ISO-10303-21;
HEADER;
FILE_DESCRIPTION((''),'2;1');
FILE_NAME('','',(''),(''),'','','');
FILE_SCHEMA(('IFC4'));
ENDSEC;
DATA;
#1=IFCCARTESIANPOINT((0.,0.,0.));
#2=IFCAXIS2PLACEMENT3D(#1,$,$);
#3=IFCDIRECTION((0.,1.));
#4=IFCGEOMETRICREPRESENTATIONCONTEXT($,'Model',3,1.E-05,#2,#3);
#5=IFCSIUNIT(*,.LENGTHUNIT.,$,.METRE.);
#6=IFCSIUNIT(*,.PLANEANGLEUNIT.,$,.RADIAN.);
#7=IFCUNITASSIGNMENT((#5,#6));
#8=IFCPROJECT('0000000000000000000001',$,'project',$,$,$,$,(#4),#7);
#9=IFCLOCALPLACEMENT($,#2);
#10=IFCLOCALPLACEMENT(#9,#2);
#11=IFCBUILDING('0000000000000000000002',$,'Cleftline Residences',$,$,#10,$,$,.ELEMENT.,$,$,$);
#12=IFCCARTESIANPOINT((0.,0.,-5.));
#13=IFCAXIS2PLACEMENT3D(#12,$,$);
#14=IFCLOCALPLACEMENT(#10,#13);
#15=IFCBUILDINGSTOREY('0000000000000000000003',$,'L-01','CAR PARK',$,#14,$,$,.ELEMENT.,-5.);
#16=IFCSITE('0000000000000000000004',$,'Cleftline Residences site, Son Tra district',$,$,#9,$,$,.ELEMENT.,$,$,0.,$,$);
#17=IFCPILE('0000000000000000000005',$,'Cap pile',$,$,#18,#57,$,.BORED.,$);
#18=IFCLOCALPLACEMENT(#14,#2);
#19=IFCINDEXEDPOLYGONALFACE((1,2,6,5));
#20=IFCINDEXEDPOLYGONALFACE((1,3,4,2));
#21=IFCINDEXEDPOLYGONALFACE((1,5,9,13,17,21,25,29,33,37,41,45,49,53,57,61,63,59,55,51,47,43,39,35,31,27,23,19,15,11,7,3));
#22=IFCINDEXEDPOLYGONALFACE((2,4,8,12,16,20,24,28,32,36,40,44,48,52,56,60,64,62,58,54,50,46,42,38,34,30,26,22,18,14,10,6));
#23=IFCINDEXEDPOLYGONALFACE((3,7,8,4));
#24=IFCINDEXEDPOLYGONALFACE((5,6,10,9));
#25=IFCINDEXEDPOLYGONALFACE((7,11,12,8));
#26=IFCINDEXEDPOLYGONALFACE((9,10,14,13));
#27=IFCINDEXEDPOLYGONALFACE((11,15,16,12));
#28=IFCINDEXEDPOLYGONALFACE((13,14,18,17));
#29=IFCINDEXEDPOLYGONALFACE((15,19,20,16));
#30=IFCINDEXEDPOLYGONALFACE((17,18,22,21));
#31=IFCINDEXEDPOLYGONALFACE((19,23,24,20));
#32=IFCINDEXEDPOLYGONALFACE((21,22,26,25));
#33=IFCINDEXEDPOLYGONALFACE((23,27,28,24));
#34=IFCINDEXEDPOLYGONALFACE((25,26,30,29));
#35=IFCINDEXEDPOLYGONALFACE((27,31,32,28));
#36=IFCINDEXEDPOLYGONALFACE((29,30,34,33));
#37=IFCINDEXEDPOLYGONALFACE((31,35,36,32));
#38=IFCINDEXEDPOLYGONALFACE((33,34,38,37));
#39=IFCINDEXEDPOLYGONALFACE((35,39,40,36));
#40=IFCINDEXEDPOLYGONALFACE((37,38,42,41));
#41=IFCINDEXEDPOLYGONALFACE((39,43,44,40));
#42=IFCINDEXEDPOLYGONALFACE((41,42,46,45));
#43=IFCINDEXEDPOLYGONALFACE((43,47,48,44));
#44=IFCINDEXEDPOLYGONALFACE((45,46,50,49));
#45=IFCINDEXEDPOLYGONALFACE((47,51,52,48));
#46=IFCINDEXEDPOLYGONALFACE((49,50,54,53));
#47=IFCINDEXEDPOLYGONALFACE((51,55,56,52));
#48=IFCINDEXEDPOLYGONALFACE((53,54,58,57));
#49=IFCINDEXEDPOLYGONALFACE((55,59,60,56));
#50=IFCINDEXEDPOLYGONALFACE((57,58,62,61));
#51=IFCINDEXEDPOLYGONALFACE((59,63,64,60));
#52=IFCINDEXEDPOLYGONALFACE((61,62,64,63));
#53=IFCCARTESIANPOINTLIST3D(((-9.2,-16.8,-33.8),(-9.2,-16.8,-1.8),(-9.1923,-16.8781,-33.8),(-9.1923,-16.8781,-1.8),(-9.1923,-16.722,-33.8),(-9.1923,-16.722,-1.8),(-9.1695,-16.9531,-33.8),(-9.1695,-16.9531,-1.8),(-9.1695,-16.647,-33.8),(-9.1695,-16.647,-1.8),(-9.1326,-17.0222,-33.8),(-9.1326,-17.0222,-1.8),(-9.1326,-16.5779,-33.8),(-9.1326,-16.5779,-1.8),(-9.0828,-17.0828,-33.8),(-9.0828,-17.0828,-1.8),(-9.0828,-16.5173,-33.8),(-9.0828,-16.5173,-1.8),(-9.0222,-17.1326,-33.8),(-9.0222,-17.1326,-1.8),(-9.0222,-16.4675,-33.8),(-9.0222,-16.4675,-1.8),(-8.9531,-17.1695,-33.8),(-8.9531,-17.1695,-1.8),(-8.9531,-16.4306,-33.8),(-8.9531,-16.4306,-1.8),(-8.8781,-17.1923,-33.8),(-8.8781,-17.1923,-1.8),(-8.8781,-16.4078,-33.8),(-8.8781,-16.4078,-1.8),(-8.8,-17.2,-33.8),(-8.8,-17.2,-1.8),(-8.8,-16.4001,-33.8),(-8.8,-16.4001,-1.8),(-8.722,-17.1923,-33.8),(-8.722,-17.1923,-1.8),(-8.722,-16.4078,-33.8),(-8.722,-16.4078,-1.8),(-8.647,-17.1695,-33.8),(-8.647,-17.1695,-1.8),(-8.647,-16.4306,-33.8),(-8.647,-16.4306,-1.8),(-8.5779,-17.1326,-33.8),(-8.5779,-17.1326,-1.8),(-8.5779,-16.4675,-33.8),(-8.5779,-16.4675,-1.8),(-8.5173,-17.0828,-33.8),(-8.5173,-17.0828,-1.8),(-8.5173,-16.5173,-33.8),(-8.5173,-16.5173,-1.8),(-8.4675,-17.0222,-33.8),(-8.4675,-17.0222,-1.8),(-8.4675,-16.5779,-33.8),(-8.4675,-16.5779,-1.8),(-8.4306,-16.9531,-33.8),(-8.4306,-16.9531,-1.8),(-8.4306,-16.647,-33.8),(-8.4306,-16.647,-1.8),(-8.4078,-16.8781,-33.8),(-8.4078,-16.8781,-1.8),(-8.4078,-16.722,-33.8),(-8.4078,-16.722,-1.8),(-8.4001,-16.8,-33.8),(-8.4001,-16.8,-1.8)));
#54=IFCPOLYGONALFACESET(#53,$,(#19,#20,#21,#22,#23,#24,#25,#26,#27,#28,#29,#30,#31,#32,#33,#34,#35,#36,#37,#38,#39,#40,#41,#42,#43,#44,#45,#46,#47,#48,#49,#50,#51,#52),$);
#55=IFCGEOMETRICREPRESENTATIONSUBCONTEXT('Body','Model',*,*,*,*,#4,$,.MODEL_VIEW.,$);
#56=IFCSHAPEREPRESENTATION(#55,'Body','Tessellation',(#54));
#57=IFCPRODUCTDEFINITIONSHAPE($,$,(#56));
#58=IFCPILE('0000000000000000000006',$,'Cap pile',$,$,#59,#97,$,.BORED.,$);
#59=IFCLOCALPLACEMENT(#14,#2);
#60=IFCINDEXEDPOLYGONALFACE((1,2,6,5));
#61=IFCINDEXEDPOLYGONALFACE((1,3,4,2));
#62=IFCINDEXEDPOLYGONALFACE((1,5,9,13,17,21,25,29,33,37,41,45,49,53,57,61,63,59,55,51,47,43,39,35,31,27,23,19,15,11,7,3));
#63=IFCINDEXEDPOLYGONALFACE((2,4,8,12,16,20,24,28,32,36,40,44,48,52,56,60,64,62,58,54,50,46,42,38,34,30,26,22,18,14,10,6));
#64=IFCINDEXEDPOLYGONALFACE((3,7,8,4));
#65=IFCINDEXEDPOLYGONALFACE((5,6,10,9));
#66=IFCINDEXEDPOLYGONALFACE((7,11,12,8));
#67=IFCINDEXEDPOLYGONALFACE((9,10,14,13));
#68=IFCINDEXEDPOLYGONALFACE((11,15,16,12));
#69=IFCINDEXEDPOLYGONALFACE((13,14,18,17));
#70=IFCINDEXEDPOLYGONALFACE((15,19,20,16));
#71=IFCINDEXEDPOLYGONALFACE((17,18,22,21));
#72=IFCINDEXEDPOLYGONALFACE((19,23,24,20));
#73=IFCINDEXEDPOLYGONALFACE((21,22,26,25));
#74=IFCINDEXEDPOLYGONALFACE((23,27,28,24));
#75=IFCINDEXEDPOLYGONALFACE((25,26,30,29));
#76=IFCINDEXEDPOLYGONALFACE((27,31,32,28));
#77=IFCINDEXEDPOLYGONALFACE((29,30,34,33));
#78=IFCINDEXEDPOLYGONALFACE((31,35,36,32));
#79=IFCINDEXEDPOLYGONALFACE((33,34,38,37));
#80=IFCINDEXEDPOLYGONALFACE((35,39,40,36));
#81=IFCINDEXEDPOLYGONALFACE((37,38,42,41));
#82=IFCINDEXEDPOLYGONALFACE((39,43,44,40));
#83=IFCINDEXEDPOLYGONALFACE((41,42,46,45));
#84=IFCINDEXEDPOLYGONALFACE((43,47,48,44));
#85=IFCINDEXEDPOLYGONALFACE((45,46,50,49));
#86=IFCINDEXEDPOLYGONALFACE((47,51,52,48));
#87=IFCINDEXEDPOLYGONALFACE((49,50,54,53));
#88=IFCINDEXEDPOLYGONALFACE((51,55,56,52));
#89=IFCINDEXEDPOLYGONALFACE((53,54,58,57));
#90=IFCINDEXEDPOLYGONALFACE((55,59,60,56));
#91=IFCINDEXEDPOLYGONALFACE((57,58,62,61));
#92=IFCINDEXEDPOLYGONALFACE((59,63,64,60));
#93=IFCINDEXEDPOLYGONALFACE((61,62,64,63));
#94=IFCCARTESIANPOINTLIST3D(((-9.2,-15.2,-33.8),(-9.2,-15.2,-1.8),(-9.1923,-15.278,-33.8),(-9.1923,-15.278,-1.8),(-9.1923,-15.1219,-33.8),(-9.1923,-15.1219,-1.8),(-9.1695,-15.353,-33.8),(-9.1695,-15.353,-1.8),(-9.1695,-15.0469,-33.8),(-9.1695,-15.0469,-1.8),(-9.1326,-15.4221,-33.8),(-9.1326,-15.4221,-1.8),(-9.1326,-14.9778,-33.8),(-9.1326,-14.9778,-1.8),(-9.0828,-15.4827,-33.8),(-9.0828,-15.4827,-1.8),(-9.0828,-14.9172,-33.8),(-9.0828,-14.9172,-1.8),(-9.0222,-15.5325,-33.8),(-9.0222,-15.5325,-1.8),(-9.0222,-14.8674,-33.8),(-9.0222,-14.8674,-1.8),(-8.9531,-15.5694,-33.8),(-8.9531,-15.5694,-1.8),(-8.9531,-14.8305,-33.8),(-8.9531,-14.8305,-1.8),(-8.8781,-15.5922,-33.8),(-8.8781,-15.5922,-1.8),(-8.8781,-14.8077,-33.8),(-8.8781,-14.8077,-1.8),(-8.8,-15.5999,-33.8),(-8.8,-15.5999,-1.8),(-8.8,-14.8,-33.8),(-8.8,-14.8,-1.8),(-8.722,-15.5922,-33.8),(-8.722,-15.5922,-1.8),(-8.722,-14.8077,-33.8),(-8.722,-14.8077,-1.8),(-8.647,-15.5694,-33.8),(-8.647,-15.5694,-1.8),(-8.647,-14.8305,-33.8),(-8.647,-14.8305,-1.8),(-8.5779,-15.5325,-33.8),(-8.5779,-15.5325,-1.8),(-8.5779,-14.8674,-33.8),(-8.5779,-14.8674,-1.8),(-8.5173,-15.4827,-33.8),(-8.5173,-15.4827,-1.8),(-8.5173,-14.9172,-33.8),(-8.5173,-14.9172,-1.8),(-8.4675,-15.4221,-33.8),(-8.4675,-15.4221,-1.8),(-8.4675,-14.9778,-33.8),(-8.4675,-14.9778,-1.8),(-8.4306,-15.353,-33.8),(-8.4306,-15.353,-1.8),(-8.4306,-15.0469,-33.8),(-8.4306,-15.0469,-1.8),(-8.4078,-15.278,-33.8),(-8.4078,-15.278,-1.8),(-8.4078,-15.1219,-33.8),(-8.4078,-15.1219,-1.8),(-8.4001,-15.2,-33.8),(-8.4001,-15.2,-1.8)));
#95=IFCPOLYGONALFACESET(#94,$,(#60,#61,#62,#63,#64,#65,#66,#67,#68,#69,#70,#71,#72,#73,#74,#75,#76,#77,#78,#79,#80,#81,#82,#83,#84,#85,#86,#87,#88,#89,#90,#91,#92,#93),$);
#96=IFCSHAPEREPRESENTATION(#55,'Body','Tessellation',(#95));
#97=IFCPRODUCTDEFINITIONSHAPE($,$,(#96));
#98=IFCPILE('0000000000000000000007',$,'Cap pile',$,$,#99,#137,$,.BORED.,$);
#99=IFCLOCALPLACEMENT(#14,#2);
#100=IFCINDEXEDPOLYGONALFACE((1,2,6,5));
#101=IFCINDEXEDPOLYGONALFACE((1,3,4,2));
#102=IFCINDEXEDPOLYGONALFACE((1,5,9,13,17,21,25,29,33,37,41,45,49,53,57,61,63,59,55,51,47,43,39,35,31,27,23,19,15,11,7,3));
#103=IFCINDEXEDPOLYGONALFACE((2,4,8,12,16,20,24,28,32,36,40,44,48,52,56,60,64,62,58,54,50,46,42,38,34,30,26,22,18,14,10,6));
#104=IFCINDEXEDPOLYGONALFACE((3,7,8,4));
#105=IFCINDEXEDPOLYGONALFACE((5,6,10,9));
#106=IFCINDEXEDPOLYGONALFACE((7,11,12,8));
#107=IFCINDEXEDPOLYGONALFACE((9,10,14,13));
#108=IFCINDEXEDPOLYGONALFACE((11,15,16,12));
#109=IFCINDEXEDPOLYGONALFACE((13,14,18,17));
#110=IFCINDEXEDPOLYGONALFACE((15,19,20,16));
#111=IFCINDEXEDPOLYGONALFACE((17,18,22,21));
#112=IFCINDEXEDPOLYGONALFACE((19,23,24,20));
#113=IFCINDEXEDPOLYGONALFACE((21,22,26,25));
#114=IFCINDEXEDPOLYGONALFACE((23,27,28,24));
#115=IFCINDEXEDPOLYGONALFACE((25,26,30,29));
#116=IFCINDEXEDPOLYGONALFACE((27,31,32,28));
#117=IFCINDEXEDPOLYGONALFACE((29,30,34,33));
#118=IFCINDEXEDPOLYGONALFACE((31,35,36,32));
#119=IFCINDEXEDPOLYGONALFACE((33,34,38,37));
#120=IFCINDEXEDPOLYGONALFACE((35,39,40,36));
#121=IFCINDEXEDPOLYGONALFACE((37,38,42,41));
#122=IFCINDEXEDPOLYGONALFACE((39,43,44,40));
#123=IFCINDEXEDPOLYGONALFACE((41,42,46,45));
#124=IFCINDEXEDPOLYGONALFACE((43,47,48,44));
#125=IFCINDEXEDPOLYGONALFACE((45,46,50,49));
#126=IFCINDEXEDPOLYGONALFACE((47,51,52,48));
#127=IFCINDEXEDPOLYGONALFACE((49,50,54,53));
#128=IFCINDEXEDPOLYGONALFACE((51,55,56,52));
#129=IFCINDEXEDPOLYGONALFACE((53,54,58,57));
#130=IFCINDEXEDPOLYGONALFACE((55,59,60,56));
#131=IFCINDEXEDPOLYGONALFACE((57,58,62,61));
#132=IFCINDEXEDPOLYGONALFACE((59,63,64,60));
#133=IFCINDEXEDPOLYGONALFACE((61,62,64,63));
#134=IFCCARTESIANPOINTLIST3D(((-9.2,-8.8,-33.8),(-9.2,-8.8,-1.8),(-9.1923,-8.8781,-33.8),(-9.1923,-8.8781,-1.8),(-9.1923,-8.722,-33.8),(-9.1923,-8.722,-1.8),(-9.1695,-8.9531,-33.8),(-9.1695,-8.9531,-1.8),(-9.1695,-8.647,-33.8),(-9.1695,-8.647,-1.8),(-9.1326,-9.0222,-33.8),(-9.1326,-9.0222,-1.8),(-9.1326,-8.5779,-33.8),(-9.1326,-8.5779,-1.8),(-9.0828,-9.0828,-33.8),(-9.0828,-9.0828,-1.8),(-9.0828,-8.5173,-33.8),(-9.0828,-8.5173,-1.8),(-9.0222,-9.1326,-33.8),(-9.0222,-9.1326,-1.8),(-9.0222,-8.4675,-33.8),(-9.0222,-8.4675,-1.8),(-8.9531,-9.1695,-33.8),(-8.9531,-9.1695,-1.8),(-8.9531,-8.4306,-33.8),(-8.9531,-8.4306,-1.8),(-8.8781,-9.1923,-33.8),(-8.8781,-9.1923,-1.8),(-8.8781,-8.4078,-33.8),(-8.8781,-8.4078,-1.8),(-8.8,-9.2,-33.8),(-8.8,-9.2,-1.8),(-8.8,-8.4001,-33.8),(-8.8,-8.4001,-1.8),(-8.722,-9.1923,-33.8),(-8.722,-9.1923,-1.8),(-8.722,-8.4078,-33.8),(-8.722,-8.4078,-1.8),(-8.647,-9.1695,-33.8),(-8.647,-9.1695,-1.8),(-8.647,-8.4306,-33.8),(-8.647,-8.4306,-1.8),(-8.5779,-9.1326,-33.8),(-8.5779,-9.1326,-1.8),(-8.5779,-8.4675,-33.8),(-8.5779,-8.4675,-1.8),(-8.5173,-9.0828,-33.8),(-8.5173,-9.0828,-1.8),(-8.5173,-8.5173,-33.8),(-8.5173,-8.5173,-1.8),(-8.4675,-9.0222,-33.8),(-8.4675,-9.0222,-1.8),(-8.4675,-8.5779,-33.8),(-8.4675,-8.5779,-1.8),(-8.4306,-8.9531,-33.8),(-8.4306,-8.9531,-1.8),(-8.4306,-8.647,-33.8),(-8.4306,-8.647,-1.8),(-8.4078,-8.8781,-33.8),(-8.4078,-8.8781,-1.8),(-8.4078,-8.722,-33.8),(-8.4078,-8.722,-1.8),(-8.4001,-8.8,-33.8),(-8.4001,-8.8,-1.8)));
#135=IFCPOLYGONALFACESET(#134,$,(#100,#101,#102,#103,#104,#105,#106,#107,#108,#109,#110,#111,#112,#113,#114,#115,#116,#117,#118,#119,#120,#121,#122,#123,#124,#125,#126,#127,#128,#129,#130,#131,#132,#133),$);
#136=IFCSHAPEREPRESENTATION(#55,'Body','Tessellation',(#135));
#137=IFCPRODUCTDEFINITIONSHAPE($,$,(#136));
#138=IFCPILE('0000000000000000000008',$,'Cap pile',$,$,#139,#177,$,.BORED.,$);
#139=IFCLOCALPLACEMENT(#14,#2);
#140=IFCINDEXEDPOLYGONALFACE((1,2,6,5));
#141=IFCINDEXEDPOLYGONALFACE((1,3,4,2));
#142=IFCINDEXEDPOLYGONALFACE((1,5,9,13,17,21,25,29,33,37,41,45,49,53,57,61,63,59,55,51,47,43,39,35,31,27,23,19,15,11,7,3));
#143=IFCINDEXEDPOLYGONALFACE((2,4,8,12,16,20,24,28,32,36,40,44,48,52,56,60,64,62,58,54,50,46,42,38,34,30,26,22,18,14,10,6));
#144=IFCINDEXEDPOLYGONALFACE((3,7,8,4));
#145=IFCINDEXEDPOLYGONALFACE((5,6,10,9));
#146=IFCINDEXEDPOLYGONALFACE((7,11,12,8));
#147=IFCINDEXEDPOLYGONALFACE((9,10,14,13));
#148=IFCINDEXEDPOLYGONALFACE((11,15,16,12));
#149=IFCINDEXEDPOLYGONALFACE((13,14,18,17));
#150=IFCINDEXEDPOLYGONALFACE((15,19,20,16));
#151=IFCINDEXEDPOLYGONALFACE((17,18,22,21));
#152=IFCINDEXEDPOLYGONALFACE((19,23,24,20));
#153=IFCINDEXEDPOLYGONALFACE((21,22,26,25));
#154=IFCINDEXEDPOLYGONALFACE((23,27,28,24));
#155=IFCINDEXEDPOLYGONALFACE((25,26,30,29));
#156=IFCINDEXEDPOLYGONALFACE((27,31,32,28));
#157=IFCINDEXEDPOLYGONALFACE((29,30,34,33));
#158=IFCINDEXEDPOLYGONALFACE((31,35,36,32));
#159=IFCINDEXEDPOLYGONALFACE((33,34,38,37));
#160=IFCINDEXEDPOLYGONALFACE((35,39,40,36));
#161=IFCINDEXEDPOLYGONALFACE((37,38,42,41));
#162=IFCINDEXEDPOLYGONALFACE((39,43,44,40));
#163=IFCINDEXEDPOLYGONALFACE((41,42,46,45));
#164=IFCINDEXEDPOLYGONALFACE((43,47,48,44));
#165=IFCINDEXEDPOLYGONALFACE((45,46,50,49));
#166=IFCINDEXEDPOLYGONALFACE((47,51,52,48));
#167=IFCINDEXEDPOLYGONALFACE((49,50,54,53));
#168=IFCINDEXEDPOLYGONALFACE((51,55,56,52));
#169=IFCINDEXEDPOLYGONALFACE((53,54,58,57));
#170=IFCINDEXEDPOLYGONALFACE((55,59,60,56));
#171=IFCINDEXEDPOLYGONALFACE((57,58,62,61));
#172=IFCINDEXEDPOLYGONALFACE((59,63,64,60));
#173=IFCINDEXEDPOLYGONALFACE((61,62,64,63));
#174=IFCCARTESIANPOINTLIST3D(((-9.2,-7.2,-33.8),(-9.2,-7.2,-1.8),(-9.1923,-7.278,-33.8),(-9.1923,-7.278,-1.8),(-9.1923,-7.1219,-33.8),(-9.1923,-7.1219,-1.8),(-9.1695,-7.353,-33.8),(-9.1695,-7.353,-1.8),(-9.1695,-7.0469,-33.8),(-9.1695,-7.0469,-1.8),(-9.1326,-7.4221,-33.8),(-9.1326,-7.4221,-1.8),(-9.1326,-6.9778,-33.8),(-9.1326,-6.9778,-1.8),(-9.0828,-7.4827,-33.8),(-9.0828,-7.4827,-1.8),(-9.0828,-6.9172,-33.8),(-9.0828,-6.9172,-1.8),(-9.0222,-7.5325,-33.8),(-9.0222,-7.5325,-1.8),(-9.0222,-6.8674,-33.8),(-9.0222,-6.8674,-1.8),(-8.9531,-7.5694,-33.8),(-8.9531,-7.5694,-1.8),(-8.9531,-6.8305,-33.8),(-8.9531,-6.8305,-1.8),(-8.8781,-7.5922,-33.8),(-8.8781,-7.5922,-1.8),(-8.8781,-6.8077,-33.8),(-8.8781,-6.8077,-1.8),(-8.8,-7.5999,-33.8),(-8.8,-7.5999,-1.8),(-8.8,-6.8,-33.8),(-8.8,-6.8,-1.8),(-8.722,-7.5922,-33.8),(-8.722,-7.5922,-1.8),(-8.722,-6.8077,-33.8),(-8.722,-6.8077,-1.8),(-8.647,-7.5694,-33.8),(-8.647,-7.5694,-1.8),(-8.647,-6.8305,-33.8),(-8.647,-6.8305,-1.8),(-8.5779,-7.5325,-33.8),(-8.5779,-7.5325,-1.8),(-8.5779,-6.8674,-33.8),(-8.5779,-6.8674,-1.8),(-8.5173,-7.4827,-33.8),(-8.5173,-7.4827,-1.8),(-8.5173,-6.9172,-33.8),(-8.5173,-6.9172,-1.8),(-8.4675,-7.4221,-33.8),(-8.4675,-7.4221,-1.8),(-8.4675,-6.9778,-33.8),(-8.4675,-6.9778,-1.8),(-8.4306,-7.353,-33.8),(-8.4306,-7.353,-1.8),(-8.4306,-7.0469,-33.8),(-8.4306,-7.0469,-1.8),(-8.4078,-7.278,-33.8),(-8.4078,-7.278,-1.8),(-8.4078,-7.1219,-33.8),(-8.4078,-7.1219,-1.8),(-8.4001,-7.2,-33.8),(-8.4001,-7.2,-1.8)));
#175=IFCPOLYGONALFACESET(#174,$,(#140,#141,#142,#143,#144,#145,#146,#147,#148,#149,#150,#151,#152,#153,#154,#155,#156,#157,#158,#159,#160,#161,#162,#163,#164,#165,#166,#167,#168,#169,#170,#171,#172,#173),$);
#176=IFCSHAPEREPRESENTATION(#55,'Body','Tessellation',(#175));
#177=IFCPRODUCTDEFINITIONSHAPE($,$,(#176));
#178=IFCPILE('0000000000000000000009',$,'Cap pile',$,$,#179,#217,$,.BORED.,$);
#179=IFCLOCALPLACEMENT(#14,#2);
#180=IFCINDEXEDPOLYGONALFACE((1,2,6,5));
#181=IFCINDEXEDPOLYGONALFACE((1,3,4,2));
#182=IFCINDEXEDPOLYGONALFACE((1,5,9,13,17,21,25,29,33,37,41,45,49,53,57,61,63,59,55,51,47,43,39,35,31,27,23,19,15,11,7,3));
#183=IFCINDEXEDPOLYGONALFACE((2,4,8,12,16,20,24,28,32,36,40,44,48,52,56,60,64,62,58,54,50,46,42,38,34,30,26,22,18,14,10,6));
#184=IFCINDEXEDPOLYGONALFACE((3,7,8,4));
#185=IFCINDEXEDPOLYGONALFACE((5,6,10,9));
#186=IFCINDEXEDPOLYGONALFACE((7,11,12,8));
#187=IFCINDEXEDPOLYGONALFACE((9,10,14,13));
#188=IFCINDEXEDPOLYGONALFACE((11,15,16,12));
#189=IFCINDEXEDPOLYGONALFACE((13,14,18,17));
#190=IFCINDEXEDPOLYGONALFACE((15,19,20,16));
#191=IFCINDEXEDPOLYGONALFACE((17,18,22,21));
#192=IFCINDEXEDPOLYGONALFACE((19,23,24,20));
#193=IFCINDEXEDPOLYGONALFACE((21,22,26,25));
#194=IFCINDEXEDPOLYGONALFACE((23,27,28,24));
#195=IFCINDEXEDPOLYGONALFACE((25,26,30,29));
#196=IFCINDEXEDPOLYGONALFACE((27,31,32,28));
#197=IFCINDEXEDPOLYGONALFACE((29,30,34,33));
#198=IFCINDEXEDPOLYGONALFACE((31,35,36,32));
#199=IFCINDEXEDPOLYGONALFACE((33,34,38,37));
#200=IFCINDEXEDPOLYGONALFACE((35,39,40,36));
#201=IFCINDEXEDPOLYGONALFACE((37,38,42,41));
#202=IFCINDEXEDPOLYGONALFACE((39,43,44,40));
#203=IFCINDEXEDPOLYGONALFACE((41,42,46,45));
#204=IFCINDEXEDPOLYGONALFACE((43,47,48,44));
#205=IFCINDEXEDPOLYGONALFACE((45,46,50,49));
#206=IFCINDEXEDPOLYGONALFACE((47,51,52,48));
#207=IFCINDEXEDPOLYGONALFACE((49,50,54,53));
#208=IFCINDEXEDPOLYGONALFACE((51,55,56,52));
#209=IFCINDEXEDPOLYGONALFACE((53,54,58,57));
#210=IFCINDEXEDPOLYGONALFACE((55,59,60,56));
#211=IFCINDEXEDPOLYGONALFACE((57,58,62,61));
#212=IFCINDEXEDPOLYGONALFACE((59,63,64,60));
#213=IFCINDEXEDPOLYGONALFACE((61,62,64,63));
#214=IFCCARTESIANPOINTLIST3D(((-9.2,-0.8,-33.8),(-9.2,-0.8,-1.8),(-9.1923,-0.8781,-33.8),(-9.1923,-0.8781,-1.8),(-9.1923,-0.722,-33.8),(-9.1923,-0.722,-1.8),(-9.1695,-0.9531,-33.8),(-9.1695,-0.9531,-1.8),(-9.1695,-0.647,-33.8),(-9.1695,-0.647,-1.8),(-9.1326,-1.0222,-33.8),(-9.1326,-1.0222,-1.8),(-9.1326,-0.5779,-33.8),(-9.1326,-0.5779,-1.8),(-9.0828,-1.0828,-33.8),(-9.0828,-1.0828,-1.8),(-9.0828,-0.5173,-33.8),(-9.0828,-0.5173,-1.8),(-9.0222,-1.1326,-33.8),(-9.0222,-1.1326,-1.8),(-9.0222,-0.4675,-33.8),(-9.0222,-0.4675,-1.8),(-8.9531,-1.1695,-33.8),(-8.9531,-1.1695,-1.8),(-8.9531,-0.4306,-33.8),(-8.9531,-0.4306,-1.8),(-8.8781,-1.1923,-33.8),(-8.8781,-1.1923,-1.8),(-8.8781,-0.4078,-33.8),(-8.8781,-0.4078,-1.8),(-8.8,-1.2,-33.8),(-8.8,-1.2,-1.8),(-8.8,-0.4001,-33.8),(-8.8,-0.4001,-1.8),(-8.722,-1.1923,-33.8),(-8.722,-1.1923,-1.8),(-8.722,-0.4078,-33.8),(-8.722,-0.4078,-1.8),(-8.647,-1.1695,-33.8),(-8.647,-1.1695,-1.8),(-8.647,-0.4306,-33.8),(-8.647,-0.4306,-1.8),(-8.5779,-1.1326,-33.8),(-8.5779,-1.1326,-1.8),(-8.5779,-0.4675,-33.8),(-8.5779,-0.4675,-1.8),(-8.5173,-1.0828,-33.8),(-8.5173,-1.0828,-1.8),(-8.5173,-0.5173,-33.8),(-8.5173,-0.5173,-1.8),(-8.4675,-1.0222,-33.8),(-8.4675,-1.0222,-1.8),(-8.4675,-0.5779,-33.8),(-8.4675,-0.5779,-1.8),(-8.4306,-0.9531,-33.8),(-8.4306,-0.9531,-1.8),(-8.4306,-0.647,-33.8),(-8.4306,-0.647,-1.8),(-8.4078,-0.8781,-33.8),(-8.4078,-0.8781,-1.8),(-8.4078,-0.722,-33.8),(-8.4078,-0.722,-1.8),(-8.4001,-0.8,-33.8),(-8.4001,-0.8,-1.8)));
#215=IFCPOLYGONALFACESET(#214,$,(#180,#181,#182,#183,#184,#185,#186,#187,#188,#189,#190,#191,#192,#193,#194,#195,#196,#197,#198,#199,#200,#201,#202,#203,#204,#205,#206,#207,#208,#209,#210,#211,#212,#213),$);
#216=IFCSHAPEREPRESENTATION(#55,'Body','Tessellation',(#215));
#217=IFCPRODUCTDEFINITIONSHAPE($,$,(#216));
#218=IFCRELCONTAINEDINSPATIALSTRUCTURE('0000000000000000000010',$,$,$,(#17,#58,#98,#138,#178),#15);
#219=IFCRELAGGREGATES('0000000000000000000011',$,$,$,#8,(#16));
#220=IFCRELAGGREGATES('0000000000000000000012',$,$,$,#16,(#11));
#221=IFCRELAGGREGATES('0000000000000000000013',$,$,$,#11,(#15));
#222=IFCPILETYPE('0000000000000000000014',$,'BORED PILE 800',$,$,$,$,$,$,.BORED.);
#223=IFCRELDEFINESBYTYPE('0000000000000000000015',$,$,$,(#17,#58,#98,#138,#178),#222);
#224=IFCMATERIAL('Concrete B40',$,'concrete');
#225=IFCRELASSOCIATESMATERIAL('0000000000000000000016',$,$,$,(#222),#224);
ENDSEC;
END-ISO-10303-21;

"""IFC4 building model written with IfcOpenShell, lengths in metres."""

from ifc_helpers import new_model, si_unit, direction, frame, origin, origin_2d, place, context, subcontext, project, spatial, circle, extrude, material, material_profile, profile_set, type_object, element, save


model = new_model("IFC4")

# Units and contexts
model_context = context("Model", 3, precision=1e-05, world=origin(), true_north=direction((0.0, 1.0)))
body_context = subcontext(model_context, "Body", "Model", "MODEL_VIEW")
ifc_project = project(units=[si_unit("LENGTHUNIT", "METRE"), si_unit("PLANEANGLEUNIT", "RADIAN")], contexts=[model_context])

# Site, building, storey
site_placement = place(None, origin())
site = spatial("IfcSite", under=ifc_project, at=site_placement, Name="Cleftline Residences site, Son Tra district", CompositionType="ELEMENT", RefElevation=0.0)
building_placement = place(site_placement, origin())
building = spatial("IfcBuilding", under=site, at=building_placement, Name="Cleftline Residences", CompositionType="ELEMENT")
storey_placement = place(building_placement, frame((0.0, 0.0, -5.0)))
storey = spatial("IfcBuildingStorey", under=building, at=storey_placement, Name="L-01", Description="CAR PARK", CompositionType="ELEMENT", Elevation=-5.0)

# Piles
ifc_material_1 = material(Name="Concrete B40", Category="concrete")
ifc_material_profile_1 = material_profile(ifc_material_1, circle(Radius=0.3999, at=origin_2d()))
ifc_profile_set_1 = profile_set([ifc_material_profile_1], Name="Concrete B40")
pile_type = type_object("IfcPileType", Name="BORED PILE 800", PredefinedType="BORED", material=ifc_profile_set_1)
for number, where, z_axis, x_axis, name in (
    (1, (-8.8, -16.8, -1.8), (0.0, 0.0, -1.0), (1.0, 0.0, 0.0), "Cap pile"),
    (2, (-8.8, -15.2, -1.8), (0.0, 0.0, -1.0), (1.0, 0.0, 0.0), "Cap pile"),
    (3, (-8.8, -8.8, -1.8), (0.0, 0.0, -1.0), (1.0, 0.0, 0.0), "Cap pile"),
    (4, (-8.8, -7.2, -1.8), (0.0, 0.0, -1.0), (1.0, 0.0, 0.0), "Cap pile"),
    (5, (-8.8, -0.8, -1.8), (0.0, 0.0, -1.0), (1.0, 0.0, 0.0), "Cap pile"),
):
    element("IfcPile", number, at=place(storey_placement, frame(where, z_axis=z_axis, x_axis=x_axis)), inside=storey, type_object=pile_type, Name=name, PredefinedType="BORED", context=body_context, shape_type="SweptSolid", body=[
        extrude(circle(Radius=0.3999, at=origin_2d()), origin(), (0.0, 0.0, 1.0), 32.0),
    ])

save(model, "model.ifc")
